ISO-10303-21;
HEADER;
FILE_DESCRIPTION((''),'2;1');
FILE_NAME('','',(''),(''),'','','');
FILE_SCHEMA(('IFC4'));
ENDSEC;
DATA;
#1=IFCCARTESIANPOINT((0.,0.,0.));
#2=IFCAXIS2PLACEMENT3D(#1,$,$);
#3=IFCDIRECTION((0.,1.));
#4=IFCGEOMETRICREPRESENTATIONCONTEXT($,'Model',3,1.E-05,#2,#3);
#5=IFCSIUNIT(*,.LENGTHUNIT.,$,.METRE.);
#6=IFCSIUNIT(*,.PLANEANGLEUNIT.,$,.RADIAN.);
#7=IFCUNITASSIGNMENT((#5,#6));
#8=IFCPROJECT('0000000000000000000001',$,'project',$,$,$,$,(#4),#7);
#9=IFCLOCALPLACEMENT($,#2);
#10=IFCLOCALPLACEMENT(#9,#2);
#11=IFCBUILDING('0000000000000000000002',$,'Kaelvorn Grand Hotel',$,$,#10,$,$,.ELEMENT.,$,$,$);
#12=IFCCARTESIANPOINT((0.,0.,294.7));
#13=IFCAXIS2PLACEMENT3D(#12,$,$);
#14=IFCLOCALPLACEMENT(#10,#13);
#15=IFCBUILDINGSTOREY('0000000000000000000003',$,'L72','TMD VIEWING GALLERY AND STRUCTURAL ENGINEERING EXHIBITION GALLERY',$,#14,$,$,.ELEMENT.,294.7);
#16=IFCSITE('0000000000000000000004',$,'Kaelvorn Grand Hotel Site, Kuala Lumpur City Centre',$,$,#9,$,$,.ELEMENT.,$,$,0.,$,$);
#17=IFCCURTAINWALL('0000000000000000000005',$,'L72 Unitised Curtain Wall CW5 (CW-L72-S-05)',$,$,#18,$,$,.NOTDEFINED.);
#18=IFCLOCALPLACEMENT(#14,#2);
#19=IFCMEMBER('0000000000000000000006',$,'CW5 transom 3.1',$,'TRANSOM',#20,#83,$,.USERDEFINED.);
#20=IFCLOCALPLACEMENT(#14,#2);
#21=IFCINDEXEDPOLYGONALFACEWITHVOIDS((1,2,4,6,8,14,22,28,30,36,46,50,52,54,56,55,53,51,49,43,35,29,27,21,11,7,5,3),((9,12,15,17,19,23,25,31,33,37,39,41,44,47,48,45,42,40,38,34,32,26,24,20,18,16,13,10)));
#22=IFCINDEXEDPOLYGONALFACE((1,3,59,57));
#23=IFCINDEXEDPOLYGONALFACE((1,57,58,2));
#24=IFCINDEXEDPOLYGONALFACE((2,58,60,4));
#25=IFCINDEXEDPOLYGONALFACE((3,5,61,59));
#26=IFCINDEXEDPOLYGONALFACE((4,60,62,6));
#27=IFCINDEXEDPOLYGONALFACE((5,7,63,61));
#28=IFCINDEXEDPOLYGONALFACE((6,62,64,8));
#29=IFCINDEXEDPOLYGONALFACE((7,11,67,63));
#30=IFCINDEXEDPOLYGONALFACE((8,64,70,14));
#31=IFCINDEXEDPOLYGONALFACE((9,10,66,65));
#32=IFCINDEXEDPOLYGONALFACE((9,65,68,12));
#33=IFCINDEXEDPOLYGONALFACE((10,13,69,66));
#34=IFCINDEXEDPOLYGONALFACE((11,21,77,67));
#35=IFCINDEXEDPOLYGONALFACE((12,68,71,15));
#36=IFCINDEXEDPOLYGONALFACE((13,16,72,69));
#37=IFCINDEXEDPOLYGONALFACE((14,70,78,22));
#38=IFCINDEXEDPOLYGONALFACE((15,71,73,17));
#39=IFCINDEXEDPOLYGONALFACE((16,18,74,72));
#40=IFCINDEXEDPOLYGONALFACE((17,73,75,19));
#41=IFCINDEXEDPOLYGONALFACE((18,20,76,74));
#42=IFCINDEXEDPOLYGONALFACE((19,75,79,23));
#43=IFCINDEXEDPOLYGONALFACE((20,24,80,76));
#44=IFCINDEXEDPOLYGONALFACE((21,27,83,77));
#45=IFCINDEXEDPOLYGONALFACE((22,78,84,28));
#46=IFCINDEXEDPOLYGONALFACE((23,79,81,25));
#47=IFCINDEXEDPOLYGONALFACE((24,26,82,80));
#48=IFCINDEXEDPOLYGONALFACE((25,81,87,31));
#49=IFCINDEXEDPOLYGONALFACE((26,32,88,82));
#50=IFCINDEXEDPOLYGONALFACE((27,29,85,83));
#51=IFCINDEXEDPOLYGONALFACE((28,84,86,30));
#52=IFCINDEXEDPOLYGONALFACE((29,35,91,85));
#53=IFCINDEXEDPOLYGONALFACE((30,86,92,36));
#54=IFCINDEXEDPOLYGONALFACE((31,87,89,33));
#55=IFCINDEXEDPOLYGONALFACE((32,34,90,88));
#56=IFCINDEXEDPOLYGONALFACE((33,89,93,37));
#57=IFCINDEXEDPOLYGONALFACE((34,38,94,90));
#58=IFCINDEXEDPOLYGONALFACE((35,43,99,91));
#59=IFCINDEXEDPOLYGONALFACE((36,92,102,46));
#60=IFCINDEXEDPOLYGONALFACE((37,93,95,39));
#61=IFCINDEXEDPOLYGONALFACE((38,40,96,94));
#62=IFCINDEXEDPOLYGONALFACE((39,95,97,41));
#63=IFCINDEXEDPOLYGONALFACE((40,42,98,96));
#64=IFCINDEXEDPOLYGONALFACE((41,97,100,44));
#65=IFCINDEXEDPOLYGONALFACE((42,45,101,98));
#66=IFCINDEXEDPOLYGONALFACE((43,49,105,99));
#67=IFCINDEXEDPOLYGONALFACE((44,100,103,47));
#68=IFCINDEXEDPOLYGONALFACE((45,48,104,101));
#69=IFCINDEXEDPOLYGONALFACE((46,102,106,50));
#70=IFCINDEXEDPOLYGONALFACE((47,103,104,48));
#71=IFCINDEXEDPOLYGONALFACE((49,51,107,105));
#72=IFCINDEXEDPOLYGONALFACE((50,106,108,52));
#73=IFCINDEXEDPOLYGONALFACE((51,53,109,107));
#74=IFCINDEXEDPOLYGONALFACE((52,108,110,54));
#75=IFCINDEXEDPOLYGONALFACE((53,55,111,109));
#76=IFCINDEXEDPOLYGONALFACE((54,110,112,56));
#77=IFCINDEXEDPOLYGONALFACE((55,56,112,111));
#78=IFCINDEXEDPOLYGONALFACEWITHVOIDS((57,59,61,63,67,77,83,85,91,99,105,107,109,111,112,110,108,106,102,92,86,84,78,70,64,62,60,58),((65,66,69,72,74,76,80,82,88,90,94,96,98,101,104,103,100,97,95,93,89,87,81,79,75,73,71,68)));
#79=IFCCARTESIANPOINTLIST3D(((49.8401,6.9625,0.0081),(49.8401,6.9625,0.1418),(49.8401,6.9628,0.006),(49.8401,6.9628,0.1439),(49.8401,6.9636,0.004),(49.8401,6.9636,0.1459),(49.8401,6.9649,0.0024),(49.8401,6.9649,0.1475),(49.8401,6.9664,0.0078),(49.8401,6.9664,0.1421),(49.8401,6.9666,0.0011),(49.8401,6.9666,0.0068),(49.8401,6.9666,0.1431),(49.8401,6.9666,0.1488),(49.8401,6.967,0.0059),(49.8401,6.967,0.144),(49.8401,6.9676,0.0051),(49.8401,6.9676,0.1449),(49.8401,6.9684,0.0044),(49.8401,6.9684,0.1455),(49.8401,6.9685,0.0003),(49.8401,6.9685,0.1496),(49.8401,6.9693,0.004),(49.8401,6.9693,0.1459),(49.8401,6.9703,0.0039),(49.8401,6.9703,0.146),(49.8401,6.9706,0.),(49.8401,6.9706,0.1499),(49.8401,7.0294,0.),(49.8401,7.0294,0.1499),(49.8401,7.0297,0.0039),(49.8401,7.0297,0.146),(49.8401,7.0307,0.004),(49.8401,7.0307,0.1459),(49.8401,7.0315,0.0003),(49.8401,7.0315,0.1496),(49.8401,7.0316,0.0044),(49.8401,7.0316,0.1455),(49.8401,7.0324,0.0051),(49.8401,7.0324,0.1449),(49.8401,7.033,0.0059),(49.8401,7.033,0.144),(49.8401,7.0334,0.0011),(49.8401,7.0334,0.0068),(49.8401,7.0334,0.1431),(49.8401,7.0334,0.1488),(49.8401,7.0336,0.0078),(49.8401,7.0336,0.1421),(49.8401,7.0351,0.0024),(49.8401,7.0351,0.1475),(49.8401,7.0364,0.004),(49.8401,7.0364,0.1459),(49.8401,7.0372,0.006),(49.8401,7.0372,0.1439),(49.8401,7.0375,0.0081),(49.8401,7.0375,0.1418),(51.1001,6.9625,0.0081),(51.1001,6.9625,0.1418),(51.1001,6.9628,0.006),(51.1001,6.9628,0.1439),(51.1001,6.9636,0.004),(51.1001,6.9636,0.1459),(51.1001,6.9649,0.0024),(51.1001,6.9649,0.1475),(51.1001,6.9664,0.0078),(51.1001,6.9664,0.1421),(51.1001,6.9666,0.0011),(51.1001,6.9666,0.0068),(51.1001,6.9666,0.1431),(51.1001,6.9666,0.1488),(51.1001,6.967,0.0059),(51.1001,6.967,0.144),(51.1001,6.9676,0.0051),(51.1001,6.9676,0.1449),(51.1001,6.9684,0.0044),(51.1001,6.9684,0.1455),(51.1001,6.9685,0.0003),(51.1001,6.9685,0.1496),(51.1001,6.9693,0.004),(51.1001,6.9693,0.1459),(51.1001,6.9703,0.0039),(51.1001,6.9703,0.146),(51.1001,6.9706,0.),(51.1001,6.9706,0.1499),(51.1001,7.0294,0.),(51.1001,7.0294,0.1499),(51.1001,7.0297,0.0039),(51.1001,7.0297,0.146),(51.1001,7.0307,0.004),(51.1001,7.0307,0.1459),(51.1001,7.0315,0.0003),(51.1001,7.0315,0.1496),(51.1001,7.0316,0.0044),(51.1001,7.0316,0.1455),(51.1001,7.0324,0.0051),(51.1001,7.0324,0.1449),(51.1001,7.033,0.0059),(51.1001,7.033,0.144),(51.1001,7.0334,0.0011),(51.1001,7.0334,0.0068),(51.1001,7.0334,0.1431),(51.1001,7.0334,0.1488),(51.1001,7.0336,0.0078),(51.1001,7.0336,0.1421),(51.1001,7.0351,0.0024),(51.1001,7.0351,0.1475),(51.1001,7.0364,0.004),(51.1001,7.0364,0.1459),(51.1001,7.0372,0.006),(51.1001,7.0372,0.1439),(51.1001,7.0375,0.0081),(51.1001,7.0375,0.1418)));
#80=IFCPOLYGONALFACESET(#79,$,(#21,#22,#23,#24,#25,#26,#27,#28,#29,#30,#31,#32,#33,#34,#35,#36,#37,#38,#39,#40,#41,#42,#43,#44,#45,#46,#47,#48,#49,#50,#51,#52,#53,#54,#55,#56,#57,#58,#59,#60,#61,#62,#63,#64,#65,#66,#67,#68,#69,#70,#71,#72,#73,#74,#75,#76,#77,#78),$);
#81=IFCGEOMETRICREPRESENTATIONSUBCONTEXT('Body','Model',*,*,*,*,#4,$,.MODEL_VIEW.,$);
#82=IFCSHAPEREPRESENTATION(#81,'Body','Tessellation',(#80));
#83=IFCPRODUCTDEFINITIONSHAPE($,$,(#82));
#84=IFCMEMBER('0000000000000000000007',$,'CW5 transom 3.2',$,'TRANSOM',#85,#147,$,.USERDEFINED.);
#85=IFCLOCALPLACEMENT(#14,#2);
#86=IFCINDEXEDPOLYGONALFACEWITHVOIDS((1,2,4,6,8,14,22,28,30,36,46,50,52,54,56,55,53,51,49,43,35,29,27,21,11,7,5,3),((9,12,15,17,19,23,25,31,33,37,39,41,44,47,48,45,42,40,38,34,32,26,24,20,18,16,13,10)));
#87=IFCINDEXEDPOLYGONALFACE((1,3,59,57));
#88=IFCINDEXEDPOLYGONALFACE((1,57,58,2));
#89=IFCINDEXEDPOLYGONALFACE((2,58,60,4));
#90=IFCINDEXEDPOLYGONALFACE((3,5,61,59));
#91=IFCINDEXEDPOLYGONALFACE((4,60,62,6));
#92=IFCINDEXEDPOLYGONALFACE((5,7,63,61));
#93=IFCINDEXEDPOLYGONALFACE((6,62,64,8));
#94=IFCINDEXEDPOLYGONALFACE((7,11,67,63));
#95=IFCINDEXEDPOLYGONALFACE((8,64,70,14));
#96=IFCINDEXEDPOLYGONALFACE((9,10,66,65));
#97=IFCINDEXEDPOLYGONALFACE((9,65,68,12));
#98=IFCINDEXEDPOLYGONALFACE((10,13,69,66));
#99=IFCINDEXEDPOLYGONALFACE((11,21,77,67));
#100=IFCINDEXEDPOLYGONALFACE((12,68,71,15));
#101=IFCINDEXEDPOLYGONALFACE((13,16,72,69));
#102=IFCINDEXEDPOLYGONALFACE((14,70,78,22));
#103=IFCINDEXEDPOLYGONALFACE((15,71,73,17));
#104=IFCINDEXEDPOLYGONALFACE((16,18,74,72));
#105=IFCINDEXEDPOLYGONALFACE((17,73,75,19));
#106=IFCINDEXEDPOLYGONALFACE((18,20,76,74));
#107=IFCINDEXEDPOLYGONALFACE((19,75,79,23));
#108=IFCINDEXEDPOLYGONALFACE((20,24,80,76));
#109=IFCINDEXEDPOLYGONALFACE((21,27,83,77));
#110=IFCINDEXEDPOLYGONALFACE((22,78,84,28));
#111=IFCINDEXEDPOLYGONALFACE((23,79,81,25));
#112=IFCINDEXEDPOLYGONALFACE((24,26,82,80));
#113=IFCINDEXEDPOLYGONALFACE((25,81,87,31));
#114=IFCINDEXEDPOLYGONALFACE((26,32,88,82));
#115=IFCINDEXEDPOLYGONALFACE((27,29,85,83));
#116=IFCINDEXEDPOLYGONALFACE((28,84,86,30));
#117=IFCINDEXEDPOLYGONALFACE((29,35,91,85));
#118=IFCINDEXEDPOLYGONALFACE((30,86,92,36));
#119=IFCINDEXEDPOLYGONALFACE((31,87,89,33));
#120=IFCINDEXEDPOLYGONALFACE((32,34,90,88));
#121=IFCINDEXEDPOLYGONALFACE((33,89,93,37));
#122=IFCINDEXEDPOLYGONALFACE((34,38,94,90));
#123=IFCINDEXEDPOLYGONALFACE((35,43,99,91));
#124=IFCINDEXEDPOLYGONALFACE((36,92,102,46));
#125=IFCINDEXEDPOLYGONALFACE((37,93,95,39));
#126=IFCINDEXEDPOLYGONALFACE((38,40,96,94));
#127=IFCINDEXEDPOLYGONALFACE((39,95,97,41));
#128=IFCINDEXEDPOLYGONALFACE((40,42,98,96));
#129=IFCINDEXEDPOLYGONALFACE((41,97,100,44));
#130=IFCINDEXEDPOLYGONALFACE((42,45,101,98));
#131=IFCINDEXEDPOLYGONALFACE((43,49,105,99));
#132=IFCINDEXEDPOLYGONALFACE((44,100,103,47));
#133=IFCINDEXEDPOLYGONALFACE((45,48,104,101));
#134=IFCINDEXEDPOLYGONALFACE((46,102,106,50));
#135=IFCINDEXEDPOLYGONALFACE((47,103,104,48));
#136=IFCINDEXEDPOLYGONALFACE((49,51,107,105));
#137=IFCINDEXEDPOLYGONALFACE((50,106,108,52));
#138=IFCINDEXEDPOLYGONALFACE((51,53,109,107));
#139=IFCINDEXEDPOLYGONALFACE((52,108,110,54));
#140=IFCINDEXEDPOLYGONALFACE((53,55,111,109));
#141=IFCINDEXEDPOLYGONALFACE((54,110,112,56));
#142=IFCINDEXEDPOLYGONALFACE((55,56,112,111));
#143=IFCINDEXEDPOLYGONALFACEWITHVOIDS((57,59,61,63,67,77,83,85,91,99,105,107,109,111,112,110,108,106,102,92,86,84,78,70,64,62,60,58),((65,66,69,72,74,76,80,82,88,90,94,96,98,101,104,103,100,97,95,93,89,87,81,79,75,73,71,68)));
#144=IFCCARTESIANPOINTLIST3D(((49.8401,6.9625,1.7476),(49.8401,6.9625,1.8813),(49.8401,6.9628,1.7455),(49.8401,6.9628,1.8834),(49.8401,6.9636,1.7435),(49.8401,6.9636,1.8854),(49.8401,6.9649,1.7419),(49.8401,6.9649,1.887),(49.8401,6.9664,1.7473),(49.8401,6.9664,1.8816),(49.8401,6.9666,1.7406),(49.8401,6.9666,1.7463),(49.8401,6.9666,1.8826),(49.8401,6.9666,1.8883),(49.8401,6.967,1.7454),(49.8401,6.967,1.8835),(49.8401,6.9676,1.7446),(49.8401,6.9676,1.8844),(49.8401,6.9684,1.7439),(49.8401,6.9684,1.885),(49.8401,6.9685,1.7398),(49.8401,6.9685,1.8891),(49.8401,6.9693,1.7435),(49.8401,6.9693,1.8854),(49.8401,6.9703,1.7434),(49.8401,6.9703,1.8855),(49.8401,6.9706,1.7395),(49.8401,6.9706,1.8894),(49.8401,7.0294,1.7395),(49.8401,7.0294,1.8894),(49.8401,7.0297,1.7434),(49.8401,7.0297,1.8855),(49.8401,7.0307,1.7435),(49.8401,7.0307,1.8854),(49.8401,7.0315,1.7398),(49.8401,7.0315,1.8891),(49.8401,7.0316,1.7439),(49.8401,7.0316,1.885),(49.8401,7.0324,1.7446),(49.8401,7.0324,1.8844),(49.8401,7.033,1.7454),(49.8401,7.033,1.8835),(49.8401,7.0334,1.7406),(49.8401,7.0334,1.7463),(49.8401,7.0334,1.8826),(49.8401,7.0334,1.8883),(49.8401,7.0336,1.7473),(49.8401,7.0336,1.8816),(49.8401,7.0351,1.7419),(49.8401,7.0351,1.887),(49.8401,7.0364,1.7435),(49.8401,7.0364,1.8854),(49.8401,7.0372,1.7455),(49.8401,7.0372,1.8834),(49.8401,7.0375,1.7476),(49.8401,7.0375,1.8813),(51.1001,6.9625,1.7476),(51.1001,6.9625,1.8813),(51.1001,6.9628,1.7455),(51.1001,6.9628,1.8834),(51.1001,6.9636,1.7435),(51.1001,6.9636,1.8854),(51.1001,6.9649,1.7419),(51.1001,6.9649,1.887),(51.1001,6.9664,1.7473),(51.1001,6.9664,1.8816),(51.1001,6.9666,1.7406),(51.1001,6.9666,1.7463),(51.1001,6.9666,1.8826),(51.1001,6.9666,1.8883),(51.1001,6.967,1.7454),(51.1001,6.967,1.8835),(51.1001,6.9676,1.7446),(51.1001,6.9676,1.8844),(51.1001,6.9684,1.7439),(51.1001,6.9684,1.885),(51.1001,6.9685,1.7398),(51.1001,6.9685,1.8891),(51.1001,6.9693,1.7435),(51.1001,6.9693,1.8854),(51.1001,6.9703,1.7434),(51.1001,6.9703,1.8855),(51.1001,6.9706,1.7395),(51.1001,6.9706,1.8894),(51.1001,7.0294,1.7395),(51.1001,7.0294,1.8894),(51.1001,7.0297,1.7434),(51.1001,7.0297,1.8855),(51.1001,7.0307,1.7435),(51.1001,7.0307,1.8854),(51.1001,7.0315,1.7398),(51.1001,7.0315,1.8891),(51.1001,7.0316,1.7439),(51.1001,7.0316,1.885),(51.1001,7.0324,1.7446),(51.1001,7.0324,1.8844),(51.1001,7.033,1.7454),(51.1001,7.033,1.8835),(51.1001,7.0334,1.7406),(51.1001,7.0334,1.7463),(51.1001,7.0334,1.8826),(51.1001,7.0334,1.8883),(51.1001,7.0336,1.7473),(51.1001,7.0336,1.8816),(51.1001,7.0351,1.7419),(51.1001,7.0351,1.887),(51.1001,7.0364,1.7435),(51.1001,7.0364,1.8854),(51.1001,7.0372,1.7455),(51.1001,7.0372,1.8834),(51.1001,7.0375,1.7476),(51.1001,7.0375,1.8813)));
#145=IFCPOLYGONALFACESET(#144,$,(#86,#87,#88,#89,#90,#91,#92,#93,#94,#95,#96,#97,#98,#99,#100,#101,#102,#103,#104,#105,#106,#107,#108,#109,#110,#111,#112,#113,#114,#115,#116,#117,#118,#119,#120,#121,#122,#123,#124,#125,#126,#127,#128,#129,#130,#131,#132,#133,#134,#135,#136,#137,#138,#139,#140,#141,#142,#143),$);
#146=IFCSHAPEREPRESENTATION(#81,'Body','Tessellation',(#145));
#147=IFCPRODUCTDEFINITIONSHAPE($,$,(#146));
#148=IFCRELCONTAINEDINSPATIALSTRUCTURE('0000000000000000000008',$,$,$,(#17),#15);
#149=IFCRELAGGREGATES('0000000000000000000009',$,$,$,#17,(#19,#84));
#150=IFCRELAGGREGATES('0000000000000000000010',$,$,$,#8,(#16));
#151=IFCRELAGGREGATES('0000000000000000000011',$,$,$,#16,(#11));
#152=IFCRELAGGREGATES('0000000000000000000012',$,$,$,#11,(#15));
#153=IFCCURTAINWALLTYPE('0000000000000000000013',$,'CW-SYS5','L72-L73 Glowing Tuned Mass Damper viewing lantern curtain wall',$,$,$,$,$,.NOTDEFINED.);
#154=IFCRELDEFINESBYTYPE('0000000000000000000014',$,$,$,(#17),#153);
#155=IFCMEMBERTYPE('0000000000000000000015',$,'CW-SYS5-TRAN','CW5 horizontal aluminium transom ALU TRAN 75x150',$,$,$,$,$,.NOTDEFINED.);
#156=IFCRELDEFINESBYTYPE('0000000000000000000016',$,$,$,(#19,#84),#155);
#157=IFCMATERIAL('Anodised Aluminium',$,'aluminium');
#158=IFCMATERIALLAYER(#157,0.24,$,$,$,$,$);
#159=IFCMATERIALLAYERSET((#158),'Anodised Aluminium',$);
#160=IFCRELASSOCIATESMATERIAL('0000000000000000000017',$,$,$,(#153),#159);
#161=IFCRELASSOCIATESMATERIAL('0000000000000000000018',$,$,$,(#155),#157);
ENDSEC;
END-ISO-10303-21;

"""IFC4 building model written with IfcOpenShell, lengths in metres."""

from ifc_helpers import new_model, si_unit, direction, frame, origin, origin_2d, place, context, subcontext, project, spatial, hollow_rectangle, extrude, material, layer, layer_set, material_profile, profile_set, type_object, element, aggregate, save


model = new_model("IFC4")

# Units and contexts
model_context = context("Model", 3, precision=1e-05, world=origin(), true_north=direction((0.0, 1.0)))
body_context = subcontext(model_context, "Body", "Model", "MODEL_VIEW")
ifc_project = project(units=[si_unit("LENGTHUNIT", "METRE"), si_unit("PLANEANGLEUNIT", "RADIAN")], contexts=[model_context])

# Site, building, storey
site_placement = place(None, origin())
site = spatial("IfcSite", under=ifc_project, at=site_placement, Name="Kaelvorn Grand Hotel Site, Kuala Lumpur City Centre", CompositionType="ELEMENT", RefElevation=0.0)
building_placement = place(site_placement, origin())
building = spatial("IfcBuilding", under=site, at=building_placement, Name="Kaelvorn Grand Hotel", CompositionType="ELEMENT")
storey_placement = place(building_placement, frame((0.0, 0.0, 294.7)))
storey = spatial("IfcBuildingStorey", under=building, at=storey_placement, Name="L72", Description="TMD VIEWING GALLERY AND STRUCTURAL ENGINEERING EXHIBITION GALLERY", CompositionType="ELEMENT", Elevation=294.7)

# Curtain wall, members
ifc_material_1 = material(Name="Anodised Aluminium", Category="aluminium")
ifc_layer_1 = layer(ifc_material_1, 0.24)
ifc_layer_set_1 = layer_set([ifc_layer_1], Name="Anodised Aluminium")
curtain_wall_type = type_object("IfcCurtainWallType", Name="CW-SYS5", Description="L72-L73 Glowing Tuned Mass Damper viewing lantern curtain wall", PredefinedType="NOTDEFINED", material=ifc_layer_set_1)
curtain_wall_placement = place(storey_placement, origin())
curtain_wall = element("IfcCurtainWall", 1, at=curtain_wall_placement, inside=storey, type_object=curtain_wall_type, Name="L72 Unitised Curtain Wall CW5 (CW-L72-S-05)", PredefinedType="NOTDEFINED")
ifc_material_profile_1 = material_profile(ifc_material_1, hollow_rectangle(XDim=0.075, YDim=0.1499, WallThickness=0.0039, InnerFilletRadius=0.0039, OuterFilletRadius=0.0081, at=origin_2d()), Name="ALU TRAN 75x150")
ifc_profile_set_1 = profile_set([ifc_material_profile_1], Name="Anodised Aluminium")
member_type_1 = type_object("IfcMemberType", Name="CW-SYS5-TRAN", Description="CW5 horizontal aluminium transom ALU TRAN 75x150", PredefinedType="NOTDEFINED", material=ifc_profile_set_1)
member_1_placement = place(storey_placement, frame((49.8401, 7.0, 0.075), z_axis=(1.0, 0.0, 0.0), x_axis=(0.0, 1.0, 0.0)))
member_1 = element("IfcMember", 2, at=member_1_placement, type_object=member_type_1, Name="CW5 transom 3.1", ObjectType="TRANSOM", PredefinedType="USERDEFINED", context=body_context, shape_type="SweptSolid", body=[
    extrude(hollow_rectangle(XDim=0.075, YDim=0.1499, WallThickness=0.0039, InnerFilletRadius=0.0039, OuterFilletRadius=0.0081, at=origin_2d()), origin(), (0.0, 0.0, 1.0), 1.26),
])
member_2_placement = place(storey_placement, frame((49.8401, 7.0, 1.8145), z_axis=(1.0, 0.0, 0.0), x_axis=(0.0, 1.0, 0.0)))
member_2 = element("IfcMember", 3, at=member_2_placement, type_object=member_type_1, Name="CW5 transom 3.2", ObjectType="TRANSOM", PredefinedType="USERDEFINED", context=body_context, shape_type="SweptSolid", body=[
    extrude(hollow_rectangle(XDim=0.075, YDim=0.1499, WallThickness=0.0039, InnerFilletRadius=0.0039, OuterFilletRadius=0.0081, at=origin_2d()), origin(), (0.0, 0.0, 1.0), 1.26),
])
aggregate(curtain_wall, [member_1, member_2])

save(model, "model.ifc")
